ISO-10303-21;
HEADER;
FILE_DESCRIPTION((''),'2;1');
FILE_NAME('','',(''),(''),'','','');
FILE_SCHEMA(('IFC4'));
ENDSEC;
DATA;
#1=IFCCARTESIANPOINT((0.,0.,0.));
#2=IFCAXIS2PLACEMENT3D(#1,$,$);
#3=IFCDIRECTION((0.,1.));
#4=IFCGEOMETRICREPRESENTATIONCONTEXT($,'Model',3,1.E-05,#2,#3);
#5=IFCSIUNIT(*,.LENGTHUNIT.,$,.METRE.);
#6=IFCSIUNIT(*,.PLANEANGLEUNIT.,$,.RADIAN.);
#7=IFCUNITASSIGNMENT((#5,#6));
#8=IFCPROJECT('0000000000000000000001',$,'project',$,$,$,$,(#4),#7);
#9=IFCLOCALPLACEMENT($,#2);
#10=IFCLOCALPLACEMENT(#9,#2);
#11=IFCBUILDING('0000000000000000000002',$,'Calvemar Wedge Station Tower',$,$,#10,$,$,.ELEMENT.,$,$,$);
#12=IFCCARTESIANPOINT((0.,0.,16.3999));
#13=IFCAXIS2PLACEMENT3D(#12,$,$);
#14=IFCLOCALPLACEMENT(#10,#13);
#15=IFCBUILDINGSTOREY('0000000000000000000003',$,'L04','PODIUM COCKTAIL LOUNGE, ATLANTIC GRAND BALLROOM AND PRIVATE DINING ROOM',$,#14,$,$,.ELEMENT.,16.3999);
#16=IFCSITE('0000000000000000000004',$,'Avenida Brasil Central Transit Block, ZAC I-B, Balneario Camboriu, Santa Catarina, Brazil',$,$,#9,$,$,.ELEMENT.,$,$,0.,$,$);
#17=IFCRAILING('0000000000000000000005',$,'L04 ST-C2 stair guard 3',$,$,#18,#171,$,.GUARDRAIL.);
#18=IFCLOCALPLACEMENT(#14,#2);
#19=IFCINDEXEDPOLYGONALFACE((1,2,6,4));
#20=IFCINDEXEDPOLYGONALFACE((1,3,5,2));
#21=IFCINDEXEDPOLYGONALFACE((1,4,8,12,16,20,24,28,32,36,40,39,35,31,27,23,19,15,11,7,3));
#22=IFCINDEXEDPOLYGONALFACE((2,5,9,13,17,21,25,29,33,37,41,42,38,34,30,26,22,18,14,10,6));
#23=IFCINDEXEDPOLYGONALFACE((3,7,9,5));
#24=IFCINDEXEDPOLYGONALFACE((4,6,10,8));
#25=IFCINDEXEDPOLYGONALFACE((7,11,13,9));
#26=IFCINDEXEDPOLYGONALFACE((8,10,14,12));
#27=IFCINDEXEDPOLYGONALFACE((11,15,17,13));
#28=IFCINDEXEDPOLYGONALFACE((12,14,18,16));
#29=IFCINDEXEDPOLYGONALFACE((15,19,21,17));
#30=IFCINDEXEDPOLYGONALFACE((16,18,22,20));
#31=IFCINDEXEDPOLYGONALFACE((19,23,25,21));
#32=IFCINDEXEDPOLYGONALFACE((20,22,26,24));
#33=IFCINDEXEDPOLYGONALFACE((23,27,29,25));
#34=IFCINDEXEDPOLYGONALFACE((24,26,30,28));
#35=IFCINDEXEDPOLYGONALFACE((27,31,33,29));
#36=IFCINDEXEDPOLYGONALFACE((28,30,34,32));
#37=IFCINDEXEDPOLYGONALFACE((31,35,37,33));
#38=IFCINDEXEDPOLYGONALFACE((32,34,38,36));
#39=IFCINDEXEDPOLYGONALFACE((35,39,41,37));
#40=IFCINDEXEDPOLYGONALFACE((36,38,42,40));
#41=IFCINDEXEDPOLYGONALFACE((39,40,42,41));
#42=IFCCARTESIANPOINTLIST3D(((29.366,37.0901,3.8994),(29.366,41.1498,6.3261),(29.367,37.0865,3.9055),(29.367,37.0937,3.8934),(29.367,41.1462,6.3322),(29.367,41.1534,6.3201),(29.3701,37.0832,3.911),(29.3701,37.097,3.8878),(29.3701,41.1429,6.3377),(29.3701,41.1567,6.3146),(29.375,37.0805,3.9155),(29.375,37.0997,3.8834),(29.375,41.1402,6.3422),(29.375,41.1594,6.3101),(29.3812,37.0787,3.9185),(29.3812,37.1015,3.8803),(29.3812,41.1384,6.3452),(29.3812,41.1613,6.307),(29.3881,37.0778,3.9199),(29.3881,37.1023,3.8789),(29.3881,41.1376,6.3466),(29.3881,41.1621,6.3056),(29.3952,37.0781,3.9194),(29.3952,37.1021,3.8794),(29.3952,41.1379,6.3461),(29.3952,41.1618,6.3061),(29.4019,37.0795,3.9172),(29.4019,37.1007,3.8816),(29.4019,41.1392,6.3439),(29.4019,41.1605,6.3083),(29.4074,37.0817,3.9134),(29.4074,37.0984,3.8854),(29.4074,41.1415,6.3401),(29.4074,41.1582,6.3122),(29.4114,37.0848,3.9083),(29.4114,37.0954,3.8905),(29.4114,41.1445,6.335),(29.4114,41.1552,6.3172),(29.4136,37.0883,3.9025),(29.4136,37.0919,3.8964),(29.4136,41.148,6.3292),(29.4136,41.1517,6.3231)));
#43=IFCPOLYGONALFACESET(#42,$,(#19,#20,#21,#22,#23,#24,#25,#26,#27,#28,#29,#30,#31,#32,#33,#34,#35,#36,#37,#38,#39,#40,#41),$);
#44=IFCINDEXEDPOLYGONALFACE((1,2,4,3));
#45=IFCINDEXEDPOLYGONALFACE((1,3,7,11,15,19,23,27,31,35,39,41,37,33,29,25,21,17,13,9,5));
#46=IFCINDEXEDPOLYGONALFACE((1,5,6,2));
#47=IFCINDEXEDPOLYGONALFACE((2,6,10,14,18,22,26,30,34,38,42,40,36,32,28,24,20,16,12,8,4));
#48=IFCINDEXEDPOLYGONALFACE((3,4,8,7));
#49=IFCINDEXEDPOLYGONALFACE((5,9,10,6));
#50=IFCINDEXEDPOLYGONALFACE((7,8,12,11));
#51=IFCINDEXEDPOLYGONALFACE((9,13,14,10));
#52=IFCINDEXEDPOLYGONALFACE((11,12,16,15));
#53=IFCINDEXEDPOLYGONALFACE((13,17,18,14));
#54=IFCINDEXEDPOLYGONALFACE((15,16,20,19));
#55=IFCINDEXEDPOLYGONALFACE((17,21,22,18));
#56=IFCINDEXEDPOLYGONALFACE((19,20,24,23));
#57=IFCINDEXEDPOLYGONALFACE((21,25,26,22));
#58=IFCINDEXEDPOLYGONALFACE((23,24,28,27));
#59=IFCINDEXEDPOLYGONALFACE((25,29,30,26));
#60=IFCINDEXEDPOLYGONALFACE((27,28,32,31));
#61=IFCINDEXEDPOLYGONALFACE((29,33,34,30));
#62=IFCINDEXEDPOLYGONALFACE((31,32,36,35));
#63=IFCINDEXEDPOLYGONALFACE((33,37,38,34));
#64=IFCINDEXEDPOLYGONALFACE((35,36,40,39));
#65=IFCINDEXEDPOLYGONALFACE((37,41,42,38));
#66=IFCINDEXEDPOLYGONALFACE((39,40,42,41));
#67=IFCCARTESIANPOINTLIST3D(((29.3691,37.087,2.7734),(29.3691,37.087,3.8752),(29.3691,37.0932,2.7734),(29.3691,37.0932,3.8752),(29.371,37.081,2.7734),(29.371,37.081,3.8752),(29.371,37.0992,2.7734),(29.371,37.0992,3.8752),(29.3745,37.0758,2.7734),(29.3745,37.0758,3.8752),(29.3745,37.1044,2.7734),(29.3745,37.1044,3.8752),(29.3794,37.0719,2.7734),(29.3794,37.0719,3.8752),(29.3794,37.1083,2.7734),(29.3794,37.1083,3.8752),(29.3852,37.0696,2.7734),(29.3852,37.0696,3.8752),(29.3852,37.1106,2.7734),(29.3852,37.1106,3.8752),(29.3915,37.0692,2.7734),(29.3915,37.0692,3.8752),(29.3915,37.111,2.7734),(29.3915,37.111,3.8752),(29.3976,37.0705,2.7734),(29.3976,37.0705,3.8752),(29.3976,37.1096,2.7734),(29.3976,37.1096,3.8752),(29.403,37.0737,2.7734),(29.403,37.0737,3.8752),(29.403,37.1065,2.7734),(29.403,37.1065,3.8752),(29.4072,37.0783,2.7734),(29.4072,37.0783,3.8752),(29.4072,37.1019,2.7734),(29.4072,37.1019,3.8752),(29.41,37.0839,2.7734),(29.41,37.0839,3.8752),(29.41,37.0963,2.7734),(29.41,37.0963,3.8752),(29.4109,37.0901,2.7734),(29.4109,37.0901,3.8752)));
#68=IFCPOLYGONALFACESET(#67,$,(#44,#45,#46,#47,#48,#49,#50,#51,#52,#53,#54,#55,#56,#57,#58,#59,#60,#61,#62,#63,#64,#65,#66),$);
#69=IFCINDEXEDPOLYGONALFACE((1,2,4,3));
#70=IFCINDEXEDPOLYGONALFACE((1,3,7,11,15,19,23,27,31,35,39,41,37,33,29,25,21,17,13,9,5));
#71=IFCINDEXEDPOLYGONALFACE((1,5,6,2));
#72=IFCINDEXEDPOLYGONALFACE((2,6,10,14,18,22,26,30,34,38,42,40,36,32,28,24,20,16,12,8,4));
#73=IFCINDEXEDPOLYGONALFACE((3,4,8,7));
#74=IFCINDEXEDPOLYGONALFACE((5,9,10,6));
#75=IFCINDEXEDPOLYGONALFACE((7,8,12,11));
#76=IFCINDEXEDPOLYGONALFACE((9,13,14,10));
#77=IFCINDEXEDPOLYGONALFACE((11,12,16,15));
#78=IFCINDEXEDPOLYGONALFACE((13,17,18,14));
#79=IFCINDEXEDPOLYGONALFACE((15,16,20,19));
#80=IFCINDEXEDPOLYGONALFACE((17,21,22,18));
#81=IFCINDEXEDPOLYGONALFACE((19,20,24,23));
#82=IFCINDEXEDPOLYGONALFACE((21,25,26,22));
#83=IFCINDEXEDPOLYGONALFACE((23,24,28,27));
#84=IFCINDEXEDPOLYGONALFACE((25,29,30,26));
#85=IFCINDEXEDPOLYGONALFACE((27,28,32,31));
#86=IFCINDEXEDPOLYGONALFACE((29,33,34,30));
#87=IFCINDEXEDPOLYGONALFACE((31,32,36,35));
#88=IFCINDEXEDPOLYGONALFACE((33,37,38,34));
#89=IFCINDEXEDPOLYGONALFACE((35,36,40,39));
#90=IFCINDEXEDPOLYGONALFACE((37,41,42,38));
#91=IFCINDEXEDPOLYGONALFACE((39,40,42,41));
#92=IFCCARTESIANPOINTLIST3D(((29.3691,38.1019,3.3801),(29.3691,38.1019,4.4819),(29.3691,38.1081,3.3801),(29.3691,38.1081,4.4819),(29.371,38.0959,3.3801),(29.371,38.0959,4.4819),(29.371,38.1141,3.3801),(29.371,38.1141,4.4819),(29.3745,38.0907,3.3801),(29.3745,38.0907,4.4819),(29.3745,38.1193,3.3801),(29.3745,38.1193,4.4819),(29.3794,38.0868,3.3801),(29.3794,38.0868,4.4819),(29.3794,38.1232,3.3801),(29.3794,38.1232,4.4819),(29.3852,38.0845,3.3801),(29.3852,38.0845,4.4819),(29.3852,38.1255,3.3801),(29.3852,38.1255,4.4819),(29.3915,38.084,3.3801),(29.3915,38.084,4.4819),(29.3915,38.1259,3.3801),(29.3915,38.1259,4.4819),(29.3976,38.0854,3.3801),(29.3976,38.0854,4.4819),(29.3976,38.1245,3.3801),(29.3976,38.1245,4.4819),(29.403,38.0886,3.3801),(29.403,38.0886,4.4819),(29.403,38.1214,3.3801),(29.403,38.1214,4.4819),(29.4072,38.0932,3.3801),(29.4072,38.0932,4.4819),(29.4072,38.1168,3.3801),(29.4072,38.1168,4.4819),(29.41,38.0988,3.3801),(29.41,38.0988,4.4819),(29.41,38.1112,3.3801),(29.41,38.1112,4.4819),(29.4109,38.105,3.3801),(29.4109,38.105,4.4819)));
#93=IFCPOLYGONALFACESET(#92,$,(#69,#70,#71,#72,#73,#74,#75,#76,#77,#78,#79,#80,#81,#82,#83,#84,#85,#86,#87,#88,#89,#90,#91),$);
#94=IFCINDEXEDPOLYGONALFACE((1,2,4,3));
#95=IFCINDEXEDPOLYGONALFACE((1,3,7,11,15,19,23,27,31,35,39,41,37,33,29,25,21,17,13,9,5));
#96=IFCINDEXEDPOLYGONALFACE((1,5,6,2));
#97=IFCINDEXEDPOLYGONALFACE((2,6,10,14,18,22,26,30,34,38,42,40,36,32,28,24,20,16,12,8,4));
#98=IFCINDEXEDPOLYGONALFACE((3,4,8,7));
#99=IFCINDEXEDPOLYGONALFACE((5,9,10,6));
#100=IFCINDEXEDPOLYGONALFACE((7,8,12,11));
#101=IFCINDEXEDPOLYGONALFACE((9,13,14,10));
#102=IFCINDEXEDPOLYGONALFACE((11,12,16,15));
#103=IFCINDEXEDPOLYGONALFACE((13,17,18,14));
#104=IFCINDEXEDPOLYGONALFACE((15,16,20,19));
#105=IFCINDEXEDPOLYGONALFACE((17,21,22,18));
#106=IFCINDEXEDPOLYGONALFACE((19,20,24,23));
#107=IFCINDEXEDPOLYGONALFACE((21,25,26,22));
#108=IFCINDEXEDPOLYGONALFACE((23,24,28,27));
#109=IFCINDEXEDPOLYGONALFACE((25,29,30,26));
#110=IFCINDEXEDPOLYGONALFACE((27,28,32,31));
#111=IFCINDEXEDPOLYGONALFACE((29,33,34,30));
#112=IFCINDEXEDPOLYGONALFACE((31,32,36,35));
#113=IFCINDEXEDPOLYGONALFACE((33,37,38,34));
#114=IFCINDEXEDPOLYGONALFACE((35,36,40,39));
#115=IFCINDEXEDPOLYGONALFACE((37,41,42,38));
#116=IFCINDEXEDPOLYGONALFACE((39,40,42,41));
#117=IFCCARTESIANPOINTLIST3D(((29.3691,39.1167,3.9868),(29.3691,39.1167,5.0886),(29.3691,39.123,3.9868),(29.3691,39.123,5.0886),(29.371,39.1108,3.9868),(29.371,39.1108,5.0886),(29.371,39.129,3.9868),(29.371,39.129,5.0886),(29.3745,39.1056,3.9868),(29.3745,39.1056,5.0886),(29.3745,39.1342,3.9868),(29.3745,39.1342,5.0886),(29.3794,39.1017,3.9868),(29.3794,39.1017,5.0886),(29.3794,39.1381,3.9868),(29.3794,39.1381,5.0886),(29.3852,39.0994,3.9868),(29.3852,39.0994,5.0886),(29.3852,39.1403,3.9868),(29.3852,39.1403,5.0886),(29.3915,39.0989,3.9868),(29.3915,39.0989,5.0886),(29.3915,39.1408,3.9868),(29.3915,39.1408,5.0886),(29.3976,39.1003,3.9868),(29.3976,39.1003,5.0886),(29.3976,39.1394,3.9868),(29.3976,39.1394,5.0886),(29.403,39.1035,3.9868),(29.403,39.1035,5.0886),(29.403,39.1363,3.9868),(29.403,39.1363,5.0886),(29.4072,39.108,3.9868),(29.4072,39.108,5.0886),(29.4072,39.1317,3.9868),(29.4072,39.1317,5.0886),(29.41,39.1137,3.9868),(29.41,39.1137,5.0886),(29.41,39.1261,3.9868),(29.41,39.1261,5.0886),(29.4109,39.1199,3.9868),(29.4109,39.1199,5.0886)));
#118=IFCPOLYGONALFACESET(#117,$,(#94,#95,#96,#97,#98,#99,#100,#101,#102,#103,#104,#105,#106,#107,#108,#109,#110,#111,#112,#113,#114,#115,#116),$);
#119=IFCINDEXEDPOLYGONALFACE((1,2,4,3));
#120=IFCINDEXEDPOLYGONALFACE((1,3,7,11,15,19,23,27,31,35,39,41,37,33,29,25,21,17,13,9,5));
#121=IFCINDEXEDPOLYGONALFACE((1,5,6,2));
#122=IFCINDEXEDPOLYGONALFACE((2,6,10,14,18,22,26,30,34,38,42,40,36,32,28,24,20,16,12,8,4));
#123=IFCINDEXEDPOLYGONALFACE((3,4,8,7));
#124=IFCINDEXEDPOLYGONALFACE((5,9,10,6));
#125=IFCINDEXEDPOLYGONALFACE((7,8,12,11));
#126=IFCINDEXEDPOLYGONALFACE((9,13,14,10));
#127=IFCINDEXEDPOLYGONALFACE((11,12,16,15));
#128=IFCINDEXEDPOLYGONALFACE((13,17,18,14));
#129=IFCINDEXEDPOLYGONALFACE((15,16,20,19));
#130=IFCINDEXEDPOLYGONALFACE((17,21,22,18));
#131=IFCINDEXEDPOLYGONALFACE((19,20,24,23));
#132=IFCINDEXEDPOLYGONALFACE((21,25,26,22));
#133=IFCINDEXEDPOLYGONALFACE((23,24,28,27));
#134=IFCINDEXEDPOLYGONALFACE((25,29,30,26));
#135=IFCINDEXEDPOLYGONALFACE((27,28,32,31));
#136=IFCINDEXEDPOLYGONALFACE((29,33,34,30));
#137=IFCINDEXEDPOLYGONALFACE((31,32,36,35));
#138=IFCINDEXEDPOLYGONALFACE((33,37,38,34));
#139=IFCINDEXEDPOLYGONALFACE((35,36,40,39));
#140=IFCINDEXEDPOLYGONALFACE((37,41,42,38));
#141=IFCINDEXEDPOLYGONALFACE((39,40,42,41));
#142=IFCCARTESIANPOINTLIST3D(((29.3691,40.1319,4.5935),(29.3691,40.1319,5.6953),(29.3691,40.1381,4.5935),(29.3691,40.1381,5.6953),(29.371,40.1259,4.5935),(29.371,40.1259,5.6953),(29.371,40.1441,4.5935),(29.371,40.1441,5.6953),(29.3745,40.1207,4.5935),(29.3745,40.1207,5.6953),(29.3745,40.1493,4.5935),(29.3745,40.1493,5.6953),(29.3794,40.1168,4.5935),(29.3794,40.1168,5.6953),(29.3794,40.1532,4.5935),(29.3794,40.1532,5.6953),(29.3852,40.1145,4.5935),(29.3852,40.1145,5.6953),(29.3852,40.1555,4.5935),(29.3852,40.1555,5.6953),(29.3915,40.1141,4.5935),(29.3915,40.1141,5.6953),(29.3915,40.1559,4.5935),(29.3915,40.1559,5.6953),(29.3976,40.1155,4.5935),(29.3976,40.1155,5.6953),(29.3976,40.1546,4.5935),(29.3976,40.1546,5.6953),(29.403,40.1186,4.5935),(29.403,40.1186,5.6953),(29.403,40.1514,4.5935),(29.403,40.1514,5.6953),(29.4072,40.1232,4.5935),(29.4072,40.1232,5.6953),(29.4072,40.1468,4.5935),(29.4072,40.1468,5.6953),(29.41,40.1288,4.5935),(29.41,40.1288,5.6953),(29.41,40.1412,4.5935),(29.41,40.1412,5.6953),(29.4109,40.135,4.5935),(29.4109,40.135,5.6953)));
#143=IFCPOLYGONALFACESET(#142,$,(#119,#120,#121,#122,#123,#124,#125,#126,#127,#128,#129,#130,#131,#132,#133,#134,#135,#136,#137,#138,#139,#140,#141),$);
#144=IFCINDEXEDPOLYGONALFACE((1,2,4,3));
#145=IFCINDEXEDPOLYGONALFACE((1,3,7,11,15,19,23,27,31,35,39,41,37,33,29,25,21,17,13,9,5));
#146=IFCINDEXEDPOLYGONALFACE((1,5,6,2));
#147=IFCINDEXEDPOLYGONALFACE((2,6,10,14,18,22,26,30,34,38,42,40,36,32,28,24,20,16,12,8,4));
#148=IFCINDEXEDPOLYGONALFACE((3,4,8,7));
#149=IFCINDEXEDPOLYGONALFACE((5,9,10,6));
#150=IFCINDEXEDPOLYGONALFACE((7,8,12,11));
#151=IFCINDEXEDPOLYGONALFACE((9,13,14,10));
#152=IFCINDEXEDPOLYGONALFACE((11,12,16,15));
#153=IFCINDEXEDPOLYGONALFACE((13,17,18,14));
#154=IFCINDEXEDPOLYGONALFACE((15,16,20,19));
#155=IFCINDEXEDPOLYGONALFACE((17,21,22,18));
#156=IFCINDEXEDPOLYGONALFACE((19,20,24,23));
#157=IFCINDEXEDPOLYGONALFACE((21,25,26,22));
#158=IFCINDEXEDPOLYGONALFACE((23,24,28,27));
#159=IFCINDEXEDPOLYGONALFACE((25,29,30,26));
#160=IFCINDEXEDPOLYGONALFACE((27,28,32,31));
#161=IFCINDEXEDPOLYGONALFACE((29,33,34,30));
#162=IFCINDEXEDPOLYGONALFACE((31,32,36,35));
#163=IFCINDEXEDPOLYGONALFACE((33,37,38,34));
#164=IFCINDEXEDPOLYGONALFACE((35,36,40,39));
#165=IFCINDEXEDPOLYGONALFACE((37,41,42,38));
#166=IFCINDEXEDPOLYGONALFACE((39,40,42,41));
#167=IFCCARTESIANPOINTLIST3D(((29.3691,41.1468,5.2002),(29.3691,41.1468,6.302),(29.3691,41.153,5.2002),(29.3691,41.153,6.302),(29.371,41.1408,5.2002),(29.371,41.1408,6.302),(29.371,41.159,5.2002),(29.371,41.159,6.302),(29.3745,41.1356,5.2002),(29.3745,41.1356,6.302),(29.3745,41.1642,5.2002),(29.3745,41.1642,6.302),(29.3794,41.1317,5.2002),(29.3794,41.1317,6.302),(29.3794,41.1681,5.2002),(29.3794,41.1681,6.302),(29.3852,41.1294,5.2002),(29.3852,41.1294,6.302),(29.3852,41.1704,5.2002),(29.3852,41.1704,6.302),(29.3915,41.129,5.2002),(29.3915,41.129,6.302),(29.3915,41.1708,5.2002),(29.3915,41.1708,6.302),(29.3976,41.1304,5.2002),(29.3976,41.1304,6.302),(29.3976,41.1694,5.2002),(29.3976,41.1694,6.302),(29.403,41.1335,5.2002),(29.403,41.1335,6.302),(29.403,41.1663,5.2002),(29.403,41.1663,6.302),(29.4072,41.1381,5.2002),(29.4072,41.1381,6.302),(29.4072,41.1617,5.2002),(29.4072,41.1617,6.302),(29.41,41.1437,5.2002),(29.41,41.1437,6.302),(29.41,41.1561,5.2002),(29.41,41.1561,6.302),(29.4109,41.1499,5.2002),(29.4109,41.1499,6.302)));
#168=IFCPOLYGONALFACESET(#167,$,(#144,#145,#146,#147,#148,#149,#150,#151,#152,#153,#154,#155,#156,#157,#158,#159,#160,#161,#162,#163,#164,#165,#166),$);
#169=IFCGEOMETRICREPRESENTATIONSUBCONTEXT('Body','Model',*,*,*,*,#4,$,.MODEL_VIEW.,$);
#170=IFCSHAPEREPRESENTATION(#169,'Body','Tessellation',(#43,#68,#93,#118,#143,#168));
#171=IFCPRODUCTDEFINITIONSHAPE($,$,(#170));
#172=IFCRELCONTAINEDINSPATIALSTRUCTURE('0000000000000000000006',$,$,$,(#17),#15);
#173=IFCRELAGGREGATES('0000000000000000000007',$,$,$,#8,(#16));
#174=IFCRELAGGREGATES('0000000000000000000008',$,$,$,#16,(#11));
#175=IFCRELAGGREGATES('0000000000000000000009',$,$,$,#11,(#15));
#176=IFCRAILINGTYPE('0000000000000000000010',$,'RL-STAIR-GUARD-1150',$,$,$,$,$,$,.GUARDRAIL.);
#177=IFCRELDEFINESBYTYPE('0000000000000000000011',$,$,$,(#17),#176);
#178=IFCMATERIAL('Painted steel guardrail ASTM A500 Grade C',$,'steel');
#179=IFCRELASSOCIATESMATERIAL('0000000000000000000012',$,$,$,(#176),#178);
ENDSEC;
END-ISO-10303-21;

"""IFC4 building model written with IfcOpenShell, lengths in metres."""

from ifc_helpers import new_model, si_unit, direction, frame, origin, origin_2d, place, context, subcontext, project, spatial, circle, extrude, material, type_object, element, save


model = new_model("IFC4")

# Units and contexts
model_context = context("Model", 3, precision=1e-05, world=origin(), true_north=direction((0.0, 1.0)))
body_context = subcontext(model_context, "Body", "Model", "MODEL_VIEW")
ifc_project = project(units=[si_unit("LENGTHUNIT", "METRE"), si_unit("PLANEANGLEUNIT", "RADIAN")], contexts=[model_context])

# Site, building, storey
site_placement = place(None, origin())
site = spatial("IfcSite", under=ifc_project, at=site_placement, Name="Avenida Brasil Central Transit Block, ZAC I-B, Balneario Camboriu, Santa Catarina, Brazil", CompositionType="ELEMENT", RefElevation=0.0)
building_placement = place(site_placement, origin())
building = spatial("IfcBuilding", under=site, at=building_placement, Name="Calvemar Wedge Station Tower", CompositionType="ELEMENT")
storey_placement = place(building_placement, frame((0.0, 0.0, 16.3999)))
storey = spatial("IfcBuildingStorey", under=building, at=storey_placement, Name="L04", Description="PODIUM COCKTAIL LOUNGE, ATLANTIC GRAND BALLROOM AND PRIVATE DINING ROOM", CompositionType="ELEMENT", Elevation=16.3999)

# Railing
ifc_material_1 = material(Name="Painted steel guardrail ASTM A500 Grade C", Category="steel")
railing_type_1 = type_object("IfcRailingType", Name="RL-STAIR-GUARD-1150", PredefinedType="GUARDRAIL", material=ifc_material_1)
railing_1_placement = place(storey_placement, frame((29.3899, 37.0901, 2.7734)))
element("IfcRailing", 1, at=railing_1_placement, inside=storey, type_object=railing_type_1, Name="L04 ST-C2 stair guard 3", PredefinedType="GUARDRAIL", context=body_context, shape_type="SweptSolid", body=[
    extrude(circle(Radius=0.0239, at=origin_2d()), frame((0.0, 0.0, 1.126), z_axis=(0.0, 0.858343, 0.513076), x_axis=(-1.0, 0.0, 0.0)), (0.0, 0.0, 1.0), 4.7297),
    extrude(circle(Radius=0.021, at=origin_2d()), origin(), (0.0, 0.0, 1.0), 1.1018),
    extrude(circle(Radius=0.021, at=origin_2d()), frame((0.0, 1.0149, 0.6067)), (0.0, 0.0, 1.0), 1.1018),
    extrude(circle(Radius=0.021, at=origin_2d()), frame((0.0, 2.0298, 1.2134)), (0.0, 0.0, 1.0), 1.1018),
    extrude(circle(Radius=0.021, at=origin_2d()), frame((0.0, 3.0449, 1.8201)), (0.0, 0.0, 1.0), 1.1018),
    extrude(circle(Radius=0.021, at=origin_2d()), frame((0.0, 4.0598, 2.4268)), (0.0, 0.0, 1.0), 1.1018),
])

save(model, "model.ifc")
